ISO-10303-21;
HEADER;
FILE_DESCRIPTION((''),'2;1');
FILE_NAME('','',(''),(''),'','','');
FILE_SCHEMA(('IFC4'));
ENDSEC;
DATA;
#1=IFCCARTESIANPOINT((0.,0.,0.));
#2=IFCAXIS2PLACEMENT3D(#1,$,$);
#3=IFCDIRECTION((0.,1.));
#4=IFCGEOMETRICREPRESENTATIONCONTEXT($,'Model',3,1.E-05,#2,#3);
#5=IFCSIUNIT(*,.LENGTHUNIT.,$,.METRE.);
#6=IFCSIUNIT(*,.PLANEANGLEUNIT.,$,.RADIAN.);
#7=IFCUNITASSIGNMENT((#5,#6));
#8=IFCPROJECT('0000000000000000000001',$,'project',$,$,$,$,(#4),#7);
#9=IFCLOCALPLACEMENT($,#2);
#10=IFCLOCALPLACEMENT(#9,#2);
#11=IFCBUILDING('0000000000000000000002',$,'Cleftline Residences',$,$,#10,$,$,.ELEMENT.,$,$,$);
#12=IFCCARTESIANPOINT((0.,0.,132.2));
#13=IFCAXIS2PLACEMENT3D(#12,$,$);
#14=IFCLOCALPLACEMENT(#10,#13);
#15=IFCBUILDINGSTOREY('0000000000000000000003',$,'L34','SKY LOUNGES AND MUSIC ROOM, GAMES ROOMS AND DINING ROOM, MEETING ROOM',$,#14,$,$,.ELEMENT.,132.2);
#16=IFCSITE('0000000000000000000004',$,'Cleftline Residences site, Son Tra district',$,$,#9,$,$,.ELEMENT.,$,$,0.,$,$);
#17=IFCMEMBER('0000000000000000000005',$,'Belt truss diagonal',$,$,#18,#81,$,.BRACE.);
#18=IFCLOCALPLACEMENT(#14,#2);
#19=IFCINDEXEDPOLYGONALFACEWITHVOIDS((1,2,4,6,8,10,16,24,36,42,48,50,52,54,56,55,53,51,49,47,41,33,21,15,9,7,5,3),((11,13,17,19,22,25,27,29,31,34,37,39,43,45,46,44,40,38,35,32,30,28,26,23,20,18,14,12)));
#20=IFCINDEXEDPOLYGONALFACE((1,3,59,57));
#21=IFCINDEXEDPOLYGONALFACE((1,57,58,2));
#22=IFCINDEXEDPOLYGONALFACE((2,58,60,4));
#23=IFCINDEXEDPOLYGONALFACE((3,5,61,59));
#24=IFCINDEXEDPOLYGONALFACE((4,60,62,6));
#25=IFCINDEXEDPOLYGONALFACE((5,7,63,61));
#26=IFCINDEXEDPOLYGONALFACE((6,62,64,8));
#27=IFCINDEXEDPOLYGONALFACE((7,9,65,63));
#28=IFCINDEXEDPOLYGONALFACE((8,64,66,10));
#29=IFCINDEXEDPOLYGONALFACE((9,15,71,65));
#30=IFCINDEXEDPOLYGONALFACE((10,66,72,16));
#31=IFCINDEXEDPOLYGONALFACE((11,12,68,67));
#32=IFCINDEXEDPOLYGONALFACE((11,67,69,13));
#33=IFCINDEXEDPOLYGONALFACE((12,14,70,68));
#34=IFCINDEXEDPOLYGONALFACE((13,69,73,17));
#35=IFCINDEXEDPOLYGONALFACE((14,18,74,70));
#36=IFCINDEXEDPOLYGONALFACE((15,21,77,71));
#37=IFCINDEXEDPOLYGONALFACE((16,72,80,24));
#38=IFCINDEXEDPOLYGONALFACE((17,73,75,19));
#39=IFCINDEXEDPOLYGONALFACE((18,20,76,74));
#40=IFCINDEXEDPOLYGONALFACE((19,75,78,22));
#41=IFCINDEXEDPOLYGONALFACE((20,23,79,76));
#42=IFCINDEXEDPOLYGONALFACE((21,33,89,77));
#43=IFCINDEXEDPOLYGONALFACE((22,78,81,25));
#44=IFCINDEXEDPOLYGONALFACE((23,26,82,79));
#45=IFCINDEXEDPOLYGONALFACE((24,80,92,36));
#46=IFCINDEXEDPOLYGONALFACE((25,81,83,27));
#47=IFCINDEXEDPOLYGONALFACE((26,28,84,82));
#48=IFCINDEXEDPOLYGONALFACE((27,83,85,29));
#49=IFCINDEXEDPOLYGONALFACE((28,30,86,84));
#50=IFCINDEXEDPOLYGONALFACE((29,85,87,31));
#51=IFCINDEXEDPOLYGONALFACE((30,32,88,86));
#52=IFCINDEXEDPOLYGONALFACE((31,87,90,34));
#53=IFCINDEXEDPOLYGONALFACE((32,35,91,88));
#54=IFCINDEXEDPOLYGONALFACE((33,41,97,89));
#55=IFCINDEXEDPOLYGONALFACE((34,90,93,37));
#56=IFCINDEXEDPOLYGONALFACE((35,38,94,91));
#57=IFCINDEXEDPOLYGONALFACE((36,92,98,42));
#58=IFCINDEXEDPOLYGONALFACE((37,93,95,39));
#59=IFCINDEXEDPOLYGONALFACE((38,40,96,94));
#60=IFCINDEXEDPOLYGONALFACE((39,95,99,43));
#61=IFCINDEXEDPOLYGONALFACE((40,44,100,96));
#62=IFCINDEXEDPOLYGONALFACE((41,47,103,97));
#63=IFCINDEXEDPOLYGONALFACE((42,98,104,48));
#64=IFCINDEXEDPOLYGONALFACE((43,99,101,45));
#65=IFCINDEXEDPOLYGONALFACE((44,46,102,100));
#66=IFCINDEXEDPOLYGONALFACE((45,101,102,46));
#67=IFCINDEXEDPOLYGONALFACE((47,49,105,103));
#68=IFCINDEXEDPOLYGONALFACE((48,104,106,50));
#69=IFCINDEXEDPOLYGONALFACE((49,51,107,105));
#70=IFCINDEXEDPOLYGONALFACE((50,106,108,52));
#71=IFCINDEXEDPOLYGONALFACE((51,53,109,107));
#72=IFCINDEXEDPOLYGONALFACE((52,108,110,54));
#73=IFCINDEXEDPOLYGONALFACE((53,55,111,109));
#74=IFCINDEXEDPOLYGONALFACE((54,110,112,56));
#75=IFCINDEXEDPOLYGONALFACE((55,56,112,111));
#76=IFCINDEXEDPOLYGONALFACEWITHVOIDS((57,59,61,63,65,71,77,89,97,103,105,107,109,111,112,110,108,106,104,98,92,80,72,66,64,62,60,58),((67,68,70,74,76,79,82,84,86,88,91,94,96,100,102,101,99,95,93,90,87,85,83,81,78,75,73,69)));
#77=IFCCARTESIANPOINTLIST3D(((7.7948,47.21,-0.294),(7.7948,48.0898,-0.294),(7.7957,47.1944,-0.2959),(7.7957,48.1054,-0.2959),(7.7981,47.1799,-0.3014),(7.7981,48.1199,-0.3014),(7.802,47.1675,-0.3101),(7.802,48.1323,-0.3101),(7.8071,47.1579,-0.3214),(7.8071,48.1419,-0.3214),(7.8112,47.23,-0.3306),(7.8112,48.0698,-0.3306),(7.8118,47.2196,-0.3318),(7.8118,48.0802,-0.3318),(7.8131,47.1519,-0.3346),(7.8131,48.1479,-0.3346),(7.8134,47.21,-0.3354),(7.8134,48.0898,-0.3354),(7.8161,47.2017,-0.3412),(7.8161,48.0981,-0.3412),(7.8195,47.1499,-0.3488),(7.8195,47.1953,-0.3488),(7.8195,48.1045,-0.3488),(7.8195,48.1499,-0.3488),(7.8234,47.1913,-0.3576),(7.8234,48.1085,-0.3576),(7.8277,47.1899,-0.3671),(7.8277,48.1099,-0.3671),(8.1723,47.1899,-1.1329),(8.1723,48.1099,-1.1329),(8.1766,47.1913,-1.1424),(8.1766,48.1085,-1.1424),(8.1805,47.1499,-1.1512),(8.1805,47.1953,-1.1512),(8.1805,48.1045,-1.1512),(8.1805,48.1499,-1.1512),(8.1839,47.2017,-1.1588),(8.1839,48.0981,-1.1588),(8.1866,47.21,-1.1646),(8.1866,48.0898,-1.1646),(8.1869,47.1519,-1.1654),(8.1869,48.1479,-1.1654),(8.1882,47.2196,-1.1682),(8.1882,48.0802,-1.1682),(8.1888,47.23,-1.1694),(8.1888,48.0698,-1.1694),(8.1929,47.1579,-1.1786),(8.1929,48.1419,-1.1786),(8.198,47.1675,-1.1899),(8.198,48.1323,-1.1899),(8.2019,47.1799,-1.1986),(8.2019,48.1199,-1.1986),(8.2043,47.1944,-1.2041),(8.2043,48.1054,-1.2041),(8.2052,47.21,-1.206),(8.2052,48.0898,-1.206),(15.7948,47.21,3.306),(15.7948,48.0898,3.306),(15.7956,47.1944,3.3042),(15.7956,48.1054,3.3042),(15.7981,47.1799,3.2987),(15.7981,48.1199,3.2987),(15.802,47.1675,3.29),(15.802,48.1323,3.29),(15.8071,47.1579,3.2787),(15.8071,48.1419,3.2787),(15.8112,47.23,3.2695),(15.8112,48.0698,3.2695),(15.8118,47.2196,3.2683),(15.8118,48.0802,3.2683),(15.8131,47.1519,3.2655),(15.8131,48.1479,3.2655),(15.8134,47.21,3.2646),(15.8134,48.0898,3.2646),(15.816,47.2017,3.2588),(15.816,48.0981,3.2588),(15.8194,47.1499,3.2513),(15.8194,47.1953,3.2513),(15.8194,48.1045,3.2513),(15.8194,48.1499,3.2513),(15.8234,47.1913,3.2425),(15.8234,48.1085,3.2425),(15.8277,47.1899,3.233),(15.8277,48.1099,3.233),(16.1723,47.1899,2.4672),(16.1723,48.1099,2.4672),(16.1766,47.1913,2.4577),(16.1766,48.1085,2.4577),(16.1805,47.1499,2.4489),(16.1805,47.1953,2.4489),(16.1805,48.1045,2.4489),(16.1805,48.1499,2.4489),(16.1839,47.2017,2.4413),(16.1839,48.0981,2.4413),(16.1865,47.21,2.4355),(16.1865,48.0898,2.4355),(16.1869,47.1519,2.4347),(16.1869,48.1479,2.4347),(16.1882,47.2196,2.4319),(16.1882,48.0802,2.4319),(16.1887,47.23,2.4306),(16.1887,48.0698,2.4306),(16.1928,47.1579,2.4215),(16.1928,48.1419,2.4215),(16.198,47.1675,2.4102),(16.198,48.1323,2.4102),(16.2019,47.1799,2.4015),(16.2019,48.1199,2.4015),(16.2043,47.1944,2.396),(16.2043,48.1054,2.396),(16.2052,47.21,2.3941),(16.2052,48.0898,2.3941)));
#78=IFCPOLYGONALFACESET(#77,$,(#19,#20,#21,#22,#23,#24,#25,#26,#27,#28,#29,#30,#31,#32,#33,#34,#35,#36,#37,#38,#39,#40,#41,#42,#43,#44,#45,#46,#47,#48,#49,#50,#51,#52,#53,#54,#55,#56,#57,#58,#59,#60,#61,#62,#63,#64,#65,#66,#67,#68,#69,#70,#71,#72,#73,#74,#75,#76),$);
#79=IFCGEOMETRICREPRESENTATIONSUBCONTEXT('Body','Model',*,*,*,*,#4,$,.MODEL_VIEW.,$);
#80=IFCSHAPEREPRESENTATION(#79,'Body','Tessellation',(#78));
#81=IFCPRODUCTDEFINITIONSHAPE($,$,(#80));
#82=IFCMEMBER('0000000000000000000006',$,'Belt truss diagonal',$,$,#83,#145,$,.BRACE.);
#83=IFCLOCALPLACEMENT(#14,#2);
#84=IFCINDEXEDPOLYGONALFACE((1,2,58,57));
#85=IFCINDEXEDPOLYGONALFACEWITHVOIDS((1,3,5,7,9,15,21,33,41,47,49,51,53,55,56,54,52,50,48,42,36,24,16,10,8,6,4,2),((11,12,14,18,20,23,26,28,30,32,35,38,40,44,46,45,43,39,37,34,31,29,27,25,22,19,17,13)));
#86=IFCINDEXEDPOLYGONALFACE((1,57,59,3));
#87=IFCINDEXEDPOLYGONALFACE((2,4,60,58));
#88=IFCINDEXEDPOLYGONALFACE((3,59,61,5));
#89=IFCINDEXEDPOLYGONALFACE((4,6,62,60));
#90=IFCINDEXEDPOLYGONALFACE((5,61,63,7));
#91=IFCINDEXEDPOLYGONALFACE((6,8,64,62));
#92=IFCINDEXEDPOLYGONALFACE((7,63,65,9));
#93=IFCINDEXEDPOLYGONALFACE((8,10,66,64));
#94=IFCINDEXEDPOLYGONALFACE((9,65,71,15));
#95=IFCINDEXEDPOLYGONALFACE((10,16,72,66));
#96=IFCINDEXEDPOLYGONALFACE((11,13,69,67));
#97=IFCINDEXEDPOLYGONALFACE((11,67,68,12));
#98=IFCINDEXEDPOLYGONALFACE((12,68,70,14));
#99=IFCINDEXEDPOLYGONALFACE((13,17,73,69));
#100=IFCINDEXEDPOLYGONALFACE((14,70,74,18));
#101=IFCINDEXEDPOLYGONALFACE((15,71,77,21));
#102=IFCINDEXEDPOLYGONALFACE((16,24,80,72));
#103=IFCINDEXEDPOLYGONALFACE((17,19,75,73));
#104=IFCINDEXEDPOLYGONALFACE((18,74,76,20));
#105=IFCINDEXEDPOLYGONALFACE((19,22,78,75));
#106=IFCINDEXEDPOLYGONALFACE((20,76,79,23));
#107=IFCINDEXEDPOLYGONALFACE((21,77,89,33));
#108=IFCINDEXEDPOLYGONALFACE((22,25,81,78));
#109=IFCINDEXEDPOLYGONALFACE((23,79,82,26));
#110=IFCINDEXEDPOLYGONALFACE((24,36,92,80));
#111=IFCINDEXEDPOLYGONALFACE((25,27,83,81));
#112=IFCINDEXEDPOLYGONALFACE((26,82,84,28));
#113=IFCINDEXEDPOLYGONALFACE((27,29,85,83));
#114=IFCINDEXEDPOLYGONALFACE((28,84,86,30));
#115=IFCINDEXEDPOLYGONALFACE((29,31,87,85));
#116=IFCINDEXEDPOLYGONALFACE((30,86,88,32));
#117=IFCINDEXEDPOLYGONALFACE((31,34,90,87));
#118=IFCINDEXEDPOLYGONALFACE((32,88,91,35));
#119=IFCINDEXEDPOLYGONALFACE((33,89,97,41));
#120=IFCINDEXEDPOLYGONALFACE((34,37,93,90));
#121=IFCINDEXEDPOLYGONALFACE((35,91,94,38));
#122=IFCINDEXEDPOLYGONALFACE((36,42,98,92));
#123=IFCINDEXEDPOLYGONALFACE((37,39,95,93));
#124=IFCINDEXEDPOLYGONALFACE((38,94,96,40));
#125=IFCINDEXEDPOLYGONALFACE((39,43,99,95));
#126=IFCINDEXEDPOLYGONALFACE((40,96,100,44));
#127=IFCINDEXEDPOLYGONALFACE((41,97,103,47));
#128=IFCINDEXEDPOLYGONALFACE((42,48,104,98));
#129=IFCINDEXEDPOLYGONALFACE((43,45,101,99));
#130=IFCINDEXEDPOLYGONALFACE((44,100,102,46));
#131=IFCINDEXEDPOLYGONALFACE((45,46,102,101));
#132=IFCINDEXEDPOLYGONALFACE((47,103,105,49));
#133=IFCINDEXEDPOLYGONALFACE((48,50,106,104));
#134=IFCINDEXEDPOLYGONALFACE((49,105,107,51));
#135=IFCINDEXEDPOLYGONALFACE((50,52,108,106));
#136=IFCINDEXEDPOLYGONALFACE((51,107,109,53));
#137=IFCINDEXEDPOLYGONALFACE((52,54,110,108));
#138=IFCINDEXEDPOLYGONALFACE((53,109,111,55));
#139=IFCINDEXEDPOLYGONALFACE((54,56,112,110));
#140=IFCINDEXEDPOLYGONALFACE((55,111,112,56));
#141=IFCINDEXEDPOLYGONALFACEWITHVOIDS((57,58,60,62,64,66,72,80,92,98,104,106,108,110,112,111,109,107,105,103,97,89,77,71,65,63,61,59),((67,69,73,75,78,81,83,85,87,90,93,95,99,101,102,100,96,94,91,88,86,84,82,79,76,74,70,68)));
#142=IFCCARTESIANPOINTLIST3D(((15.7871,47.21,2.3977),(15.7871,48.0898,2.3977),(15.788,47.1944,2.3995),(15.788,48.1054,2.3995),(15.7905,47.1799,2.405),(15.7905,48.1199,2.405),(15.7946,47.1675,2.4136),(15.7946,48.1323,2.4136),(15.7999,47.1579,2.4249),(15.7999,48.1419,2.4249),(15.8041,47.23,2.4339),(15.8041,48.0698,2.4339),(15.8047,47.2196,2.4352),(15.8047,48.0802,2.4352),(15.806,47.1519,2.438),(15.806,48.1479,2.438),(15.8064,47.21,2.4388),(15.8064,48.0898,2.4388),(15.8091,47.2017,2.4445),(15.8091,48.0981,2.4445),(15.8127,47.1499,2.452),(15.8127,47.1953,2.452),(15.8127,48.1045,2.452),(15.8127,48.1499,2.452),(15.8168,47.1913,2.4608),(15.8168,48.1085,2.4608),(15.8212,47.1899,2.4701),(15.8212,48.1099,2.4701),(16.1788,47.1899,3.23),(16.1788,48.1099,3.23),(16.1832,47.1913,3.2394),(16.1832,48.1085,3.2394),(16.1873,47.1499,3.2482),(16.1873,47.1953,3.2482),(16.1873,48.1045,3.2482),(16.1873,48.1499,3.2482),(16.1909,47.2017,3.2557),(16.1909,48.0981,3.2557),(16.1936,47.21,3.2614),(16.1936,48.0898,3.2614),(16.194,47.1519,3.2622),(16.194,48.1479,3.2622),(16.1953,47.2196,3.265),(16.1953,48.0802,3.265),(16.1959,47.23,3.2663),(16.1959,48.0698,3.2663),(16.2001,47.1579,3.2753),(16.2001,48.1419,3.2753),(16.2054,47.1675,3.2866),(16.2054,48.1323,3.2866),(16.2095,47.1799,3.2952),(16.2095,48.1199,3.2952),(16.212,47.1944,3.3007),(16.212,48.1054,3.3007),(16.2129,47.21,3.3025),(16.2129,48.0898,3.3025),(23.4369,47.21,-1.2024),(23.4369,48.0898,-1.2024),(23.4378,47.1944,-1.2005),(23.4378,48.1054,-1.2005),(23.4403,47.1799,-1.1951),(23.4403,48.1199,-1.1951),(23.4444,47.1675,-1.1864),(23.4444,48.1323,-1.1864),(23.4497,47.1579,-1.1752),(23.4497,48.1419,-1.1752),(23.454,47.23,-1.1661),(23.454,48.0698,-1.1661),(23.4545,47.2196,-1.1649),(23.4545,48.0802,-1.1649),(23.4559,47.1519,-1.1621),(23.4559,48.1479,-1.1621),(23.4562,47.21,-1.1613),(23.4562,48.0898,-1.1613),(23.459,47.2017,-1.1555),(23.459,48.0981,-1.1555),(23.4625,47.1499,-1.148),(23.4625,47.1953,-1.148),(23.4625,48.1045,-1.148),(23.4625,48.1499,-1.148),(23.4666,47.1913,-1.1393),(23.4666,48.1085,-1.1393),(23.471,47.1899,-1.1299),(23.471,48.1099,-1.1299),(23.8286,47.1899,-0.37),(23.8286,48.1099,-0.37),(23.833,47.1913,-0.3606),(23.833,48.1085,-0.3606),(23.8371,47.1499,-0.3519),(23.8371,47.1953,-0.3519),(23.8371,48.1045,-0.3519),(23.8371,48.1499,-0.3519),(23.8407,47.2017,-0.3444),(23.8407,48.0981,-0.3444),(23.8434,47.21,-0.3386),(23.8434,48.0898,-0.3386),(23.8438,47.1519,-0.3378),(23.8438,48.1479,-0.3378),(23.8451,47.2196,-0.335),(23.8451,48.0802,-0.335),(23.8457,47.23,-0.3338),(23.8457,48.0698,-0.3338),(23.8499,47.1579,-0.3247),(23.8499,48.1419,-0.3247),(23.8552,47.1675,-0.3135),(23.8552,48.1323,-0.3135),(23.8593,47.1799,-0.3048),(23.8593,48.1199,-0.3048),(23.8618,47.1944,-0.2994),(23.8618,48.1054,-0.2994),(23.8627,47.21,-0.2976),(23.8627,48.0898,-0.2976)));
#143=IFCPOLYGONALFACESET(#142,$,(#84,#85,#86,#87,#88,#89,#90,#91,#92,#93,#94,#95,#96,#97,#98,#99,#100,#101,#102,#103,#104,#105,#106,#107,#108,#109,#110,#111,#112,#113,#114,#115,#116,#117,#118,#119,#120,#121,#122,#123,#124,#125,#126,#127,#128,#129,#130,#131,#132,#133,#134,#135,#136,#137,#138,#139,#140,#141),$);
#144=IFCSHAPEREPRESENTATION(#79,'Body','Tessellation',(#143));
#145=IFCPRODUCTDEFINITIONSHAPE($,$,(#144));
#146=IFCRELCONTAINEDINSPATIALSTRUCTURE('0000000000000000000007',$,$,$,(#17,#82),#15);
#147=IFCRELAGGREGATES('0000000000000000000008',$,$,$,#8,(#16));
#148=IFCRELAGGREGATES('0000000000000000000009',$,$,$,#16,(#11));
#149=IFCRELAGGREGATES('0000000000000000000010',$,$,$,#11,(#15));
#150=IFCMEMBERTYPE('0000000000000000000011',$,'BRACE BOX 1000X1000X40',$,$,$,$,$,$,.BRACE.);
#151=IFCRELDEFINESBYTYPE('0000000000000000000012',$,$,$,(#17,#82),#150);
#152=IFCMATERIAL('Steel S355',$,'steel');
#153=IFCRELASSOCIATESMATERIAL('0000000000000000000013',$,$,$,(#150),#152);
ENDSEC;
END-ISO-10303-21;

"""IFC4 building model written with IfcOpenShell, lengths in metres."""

from ifc_helpers import new_model, si_unit, direction, frame, origin, origin_2d, place, context, subcontext, project, spatial, hollow_rectangle, extrude, material, material_profile, profile_set, type_object, element, save


model = new_model("IFC4")

# Units and contexts
model_context = context("Model", 3, precision=1e-05, world=origin(), true_north=direction((0.0, 1.0)))
body_context = subcontext(model_context, "Body", "Model", "MODEL_VIEW")
ifc_project = project(units=[si_unit("LENGTHUNIT", "METRE"), si_unit("PLANEANGLEUNIT", "RADIAN")], contexts=[model_context])

# Site, building, storey
site_placement = place(None, origin())
site = spatial("IfcSite", under=ifc_project, at=site_placement, Name="Cleftline Residences site, Son Tra district", CompositionType="ELEMENT", RefElevation=0.0)
building_placement = place(site_placement, origin())
building = spatial("IfcBuilding", under=site, at=building_placement, Name="Cleftline Residences", CompositionType="ELEMENT")
storey_placement = place(building_placement, frame((0.0, 0.0, 132.2)))
storey = spatial("IfcBuildingStorey", under=building, at=storey_placement, Name="L34", Description="SKY LOUNGES AND MUSIC ROOM, GAMES ROOMS AND DINING ROOM, MEETING ROOM", CompositionType="ELEMENT", Elevation=132.2)

# Members
ifc_material_1 = material(Name="Steel S355", Category="steel")
ifc_material_profile_1 = material_profile(ifc_material_1, hollow_rectangle(XDim=1.0, YDim=1.0, WallThickness=0.04, InnerFilletRadius=0.04, OuterFilletRadius=0.0601, at=origin_2d()))
ifc_profile_set_1 = profile_set([ifc_material_profile_1], Name="Steel S355")
member_type_1 = type_object("IfcMemberType", Name="BRACE BOX 1000X1000X40", PredefinedType="BRACE", material=ifc_profile_set_1)
member_1_placement = place(storey_placement, frame((8.0, 47.6499, -0.75), z_axis=(0.911917, 0.0, 0.410374), x_axis=(-0.410374, 0.0, 0.911917)))
element("IfcMember", 1, at=member_1_placement, inside=storey, type_object=member_type_1, Name="Belt truss diagonal", PredefinedType="BRACE", context=body_context, shape_type="SweptSolid", body=[
    extrude(hollow_rectangle(XDim=1.0, YDim=1.0, WallThickness=0.04, InnerFilletRadius=0.04, OuterFilletRadius=0.0601, at=origin_2d()), origin(), (0.0, 0.0, 1.0), 8.7727),
])
member_2_placement = place(storey_placement, frame((16.0, 47.6499, 2.8501), z_axis=(0.904812, 0.0, -0.425811), x_axis=(0.425811, 0.0, 0.904812)))
element("IfcMember", 2, at=member_2_placement, inside=storey, type_object=member_type_1, Name="Belt truss diagonal", PredefinedType="BRACE", context=body_context, shape_type="SweptSolid", body=[
    extrude(hollow_rectangle(XDim=1.0, YDim=1.0, WallThickness=0.04, InnerFilletRadius=0.04, OuterFilletRadius=0.0601, at=origin_2d()), origin(), (0.0, 0.0, 1.0), 8.4546),
])

save(model, "model.ifc")
